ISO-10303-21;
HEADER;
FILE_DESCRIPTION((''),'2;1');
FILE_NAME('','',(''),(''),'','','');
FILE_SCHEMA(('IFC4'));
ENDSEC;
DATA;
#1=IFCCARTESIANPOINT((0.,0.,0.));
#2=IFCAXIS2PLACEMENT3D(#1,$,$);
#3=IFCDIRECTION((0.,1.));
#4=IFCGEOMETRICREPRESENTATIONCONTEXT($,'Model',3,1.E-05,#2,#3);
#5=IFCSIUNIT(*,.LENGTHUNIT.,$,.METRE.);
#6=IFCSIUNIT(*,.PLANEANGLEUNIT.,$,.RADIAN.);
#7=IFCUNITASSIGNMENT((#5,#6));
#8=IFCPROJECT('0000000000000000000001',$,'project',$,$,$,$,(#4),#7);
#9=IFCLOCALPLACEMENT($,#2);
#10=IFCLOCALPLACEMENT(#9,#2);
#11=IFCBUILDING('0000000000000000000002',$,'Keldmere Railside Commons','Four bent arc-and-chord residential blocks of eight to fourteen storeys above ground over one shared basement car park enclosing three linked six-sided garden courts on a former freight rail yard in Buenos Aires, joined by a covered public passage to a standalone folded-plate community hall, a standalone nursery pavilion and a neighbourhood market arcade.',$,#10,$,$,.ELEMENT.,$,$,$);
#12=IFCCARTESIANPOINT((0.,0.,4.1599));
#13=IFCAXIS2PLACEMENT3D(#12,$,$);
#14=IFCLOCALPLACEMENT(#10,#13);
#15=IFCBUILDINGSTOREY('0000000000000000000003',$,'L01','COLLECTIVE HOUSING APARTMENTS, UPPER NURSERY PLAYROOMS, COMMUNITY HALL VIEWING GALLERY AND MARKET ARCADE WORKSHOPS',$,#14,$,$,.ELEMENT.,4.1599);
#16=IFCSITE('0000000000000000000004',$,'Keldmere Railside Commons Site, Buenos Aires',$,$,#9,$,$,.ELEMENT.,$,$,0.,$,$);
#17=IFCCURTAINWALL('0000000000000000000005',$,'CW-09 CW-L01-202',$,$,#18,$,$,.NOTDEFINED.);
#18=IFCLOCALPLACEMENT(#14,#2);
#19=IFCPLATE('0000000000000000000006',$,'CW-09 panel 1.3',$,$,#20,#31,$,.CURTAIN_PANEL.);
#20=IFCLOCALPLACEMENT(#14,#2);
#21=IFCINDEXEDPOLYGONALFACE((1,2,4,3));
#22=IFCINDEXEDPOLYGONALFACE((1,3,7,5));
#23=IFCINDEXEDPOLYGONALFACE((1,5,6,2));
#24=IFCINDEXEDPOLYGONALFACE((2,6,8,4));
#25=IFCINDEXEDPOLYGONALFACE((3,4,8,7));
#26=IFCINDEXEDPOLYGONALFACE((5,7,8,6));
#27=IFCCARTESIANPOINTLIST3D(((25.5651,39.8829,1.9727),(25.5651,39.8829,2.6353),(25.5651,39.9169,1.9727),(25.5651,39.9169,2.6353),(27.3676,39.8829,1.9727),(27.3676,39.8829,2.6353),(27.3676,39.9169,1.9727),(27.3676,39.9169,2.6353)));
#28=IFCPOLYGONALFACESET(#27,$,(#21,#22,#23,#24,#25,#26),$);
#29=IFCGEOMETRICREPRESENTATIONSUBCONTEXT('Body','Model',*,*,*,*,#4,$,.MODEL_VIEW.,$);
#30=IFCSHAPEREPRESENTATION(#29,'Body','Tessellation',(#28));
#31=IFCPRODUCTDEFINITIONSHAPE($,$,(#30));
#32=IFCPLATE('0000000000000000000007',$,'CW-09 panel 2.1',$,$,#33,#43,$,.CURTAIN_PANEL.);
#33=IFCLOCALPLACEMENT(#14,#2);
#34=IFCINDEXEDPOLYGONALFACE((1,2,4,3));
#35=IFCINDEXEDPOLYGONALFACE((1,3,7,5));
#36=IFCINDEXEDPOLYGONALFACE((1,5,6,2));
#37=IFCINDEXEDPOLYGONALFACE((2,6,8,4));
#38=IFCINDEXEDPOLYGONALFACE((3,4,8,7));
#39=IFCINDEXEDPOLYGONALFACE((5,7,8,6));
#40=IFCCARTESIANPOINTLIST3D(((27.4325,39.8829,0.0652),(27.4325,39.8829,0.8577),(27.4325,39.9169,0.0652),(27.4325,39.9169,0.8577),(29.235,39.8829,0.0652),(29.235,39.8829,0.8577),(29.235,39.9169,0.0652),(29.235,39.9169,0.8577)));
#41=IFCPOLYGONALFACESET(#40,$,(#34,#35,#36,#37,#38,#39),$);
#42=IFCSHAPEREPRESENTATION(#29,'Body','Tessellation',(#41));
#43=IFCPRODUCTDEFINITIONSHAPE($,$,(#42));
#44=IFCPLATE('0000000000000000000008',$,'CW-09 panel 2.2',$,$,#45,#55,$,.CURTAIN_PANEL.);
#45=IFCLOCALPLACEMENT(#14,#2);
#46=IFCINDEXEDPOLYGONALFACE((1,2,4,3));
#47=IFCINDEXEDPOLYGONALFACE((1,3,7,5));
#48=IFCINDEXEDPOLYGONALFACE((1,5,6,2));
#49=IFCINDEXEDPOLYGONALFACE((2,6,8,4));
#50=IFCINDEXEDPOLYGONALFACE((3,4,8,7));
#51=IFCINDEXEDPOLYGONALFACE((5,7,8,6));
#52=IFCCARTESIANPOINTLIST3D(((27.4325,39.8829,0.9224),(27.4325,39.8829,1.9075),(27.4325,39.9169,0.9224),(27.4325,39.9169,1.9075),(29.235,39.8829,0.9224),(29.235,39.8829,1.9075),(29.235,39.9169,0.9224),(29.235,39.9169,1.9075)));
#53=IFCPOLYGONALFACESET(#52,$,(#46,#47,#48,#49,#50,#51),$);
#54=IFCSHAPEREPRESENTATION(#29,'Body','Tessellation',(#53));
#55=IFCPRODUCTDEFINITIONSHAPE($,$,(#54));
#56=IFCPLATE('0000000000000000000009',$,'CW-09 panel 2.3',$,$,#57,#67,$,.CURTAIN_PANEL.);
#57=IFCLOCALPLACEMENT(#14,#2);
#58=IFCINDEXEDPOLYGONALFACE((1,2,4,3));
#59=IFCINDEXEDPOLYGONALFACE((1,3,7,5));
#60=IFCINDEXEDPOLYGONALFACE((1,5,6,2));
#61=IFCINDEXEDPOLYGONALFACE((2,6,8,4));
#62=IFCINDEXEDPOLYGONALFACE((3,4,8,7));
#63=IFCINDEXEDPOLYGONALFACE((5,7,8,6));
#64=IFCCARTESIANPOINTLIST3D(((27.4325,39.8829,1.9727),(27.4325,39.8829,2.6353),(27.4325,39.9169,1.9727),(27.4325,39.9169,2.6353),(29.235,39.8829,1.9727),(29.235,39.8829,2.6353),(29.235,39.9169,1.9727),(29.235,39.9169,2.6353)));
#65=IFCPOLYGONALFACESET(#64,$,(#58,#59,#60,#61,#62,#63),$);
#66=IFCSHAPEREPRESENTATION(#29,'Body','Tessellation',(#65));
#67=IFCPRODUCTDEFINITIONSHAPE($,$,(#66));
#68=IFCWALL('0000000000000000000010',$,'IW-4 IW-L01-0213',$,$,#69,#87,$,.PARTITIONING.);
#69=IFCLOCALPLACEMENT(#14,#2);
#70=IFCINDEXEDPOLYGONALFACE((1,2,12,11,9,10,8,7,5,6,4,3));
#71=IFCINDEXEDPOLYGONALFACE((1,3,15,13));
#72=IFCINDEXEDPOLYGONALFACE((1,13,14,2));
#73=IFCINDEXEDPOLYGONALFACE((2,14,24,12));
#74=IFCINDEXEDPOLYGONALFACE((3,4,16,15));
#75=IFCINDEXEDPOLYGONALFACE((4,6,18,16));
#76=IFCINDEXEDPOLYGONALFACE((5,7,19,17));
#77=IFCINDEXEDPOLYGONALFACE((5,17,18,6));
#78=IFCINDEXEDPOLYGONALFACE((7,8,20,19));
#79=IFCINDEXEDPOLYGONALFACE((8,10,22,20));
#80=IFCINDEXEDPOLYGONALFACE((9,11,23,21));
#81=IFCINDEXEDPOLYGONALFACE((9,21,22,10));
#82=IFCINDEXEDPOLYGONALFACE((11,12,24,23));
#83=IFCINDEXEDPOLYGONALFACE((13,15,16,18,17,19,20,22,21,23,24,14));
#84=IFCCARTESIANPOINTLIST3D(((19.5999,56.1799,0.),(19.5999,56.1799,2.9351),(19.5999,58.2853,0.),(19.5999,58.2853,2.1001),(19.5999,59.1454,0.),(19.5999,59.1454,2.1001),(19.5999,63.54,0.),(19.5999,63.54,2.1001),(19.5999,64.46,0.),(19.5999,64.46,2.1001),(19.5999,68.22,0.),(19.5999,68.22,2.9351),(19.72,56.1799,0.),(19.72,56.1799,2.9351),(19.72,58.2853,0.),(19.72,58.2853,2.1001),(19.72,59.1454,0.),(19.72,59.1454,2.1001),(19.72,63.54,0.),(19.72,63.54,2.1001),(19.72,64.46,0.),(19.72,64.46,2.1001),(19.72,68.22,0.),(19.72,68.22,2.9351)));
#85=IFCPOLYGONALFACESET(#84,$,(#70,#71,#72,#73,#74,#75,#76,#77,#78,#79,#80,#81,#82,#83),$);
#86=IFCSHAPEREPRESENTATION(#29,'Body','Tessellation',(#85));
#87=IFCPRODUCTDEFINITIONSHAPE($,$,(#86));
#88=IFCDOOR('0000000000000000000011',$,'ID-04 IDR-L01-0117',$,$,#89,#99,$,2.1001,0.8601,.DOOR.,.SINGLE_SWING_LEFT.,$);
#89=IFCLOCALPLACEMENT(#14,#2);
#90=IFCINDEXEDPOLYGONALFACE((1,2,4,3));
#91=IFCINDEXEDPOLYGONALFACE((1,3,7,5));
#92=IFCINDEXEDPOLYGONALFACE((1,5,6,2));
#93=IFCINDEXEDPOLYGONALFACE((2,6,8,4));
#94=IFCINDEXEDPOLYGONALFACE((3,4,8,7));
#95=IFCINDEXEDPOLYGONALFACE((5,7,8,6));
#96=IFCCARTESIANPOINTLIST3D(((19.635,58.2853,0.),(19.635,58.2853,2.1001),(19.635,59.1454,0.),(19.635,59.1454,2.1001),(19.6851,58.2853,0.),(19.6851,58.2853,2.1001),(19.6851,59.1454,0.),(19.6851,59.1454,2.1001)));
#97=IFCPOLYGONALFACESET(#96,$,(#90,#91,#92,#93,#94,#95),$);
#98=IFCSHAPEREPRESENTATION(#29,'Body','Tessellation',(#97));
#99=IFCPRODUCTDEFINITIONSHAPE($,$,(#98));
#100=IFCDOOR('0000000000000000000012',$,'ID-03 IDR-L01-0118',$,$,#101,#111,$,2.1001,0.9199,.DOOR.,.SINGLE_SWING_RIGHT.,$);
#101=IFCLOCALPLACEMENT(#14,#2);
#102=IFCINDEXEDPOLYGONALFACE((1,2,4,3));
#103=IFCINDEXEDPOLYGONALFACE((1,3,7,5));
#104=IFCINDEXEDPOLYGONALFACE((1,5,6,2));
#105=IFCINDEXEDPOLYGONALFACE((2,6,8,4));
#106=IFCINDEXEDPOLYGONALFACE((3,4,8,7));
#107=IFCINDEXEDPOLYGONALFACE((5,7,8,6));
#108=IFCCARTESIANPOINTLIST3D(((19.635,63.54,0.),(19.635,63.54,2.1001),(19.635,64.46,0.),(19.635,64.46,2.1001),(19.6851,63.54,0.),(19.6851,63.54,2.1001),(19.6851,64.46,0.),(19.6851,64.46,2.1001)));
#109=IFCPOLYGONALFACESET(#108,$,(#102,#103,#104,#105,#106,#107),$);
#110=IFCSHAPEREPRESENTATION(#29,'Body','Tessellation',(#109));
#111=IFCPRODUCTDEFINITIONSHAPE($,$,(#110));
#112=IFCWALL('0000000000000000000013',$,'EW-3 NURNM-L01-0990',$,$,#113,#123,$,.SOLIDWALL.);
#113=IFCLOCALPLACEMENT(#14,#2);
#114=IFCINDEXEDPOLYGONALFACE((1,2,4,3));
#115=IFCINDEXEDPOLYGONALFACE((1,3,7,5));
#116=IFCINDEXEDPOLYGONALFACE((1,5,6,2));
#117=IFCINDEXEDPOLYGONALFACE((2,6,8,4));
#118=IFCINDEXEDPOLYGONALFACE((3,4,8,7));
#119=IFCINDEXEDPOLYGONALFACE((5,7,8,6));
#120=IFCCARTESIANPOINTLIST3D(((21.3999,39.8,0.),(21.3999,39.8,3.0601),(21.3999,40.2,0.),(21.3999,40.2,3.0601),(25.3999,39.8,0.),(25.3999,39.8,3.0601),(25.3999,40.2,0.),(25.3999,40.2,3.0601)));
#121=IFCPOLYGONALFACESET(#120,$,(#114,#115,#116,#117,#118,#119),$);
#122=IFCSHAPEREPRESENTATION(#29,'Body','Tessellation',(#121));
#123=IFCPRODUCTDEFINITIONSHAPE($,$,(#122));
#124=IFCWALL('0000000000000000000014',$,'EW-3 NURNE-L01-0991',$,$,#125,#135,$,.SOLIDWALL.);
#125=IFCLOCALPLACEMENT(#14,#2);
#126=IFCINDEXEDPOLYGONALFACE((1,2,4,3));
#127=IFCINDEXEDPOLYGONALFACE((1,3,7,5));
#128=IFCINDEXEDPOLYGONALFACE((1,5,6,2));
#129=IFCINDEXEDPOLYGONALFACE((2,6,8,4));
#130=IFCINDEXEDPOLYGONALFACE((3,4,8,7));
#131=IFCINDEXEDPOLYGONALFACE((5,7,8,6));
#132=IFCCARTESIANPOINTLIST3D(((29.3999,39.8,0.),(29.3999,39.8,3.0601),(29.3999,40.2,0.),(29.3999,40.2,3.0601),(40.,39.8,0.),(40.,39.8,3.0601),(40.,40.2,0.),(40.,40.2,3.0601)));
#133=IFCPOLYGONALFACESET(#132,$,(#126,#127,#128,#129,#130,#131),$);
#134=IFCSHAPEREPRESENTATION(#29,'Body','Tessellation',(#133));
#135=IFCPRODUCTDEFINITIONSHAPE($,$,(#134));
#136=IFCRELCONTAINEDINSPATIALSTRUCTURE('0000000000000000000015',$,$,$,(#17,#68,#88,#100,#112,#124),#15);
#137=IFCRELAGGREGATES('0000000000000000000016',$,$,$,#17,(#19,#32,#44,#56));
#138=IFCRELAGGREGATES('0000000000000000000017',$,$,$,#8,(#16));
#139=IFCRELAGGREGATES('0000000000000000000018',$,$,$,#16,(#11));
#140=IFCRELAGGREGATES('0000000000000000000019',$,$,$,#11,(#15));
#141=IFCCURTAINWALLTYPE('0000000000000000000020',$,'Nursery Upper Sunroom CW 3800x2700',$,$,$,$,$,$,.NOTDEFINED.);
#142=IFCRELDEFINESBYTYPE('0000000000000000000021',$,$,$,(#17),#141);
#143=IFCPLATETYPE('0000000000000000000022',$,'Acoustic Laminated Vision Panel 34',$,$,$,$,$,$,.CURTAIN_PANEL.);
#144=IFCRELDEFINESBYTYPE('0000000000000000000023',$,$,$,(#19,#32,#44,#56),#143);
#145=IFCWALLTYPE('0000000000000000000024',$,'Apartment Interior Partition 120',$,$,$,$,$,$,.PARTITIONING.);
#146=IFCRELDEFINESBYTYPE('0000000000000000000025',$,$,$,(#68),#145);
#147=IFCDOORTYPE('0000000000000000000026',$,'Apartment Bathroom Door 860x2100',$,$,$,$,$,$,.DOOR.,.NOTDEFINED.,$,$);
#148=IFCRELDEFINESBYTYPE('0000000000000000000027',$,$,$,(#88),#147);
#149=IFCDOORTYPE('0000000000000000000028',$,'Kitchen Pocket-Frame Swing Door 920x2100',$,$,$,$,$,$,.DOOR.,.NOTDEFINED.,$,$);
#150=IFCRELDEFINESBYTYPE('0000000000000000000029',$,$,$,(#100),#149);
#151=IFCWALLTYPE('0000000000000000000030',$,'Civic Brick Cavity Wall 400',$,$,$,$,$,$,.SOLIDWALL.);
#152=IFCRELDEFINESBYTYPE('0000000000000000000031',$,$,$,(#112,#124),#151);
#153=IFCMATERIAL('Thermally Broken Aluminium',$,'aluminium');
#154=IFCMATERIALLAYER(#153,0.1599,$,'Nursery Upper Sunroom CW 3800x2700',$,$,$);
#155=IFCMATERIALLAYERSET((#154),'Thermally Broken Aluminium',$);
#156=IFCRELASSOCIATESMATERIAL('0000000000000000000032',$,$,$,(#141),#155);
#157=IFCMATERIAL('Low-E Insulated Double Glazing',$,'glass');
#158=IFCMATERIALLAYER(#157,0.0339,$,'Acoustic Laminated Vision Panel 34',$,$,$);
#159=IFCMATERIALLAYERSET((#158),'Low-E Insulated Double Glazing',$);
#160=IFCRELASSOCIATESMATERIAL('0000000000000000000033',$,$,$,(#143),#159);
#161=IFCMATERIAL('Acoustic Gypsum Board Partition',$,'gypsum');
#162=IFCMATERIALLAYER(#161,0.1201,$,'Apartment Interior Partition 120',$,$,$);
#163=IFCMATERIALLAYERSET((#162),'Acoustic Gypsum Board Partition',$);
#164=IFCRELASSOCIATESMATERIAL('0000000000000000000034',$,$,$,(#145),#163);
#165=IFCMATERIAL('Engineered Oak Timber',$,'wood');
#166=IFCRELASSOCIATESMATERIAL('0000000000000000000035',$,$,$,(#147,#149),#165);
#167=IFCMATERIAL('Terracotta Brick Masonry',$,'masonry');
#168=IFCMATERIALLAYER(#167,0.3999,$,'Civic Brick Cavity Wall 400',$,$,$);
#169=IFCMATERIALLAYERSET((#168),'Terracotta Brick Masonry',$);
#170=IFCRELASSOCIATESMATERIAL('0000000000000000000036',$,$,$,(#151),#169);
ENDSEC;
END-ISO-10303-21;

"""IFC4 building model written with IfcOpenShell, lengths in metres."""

from ifc_helpers import new_model, si_unit, direction, frame, frame_2d, origin, origin_2d, place, context, subcontext, project, spatial, rectangle, extrude, material, layer, layer_set, type_object, element, fill, aggregate, save


model = new_model("IFC4")

# Units and contexts
model_context = context("Model", 3, precision=1e-05, world=origin(), true_north=direction((0.0, 1.0)))
body_context = subcontext(model_context, "Body", "Model", "MODEL_VIEW")
ifc_project = project(units=[si_unit("LENGTHUNIT", "METRE"), si_unit("PLANEANGLEUNIT", "RADIAN")], contexts=[model_context])

# Site, building, storey
site_placement = place(None, origin())
site = spatial("IfcSite", under=ifc_project, at=site_placement, Name="Keldmere Railside Commons Site, Buenos Aires", CompositionType="ELEMENT", RefElevation=0.0)
building_placement = place(site_placement, origin())
building = spatial("IfcBuilding", under=site, at=building_placement, Name="Keldmere Railside Commons", Description="Four bent arc-and-chord residential blocks of eight to fourteen storeys above ground over one shared basement car park enclosing three linked six-sided garden courts on a former freight rail yard in Buenos Aires, joined by a covered public passage to a standalone folded-plate community hall, a standalone nursery pavilion and a neighbourhood market arcade.", CompositionType="ELEMENT")
storey_placement = place(building_placement, frame((0.0, 0.0, 4.1599)))
storey = spatial("IfcBuildingStorey", under=building, at=storey_placement, Name="L01", Description="COLLECTIVE HOUSING APARTMENTS, UPPER NURSERY PLAYROOMS, COMMUNITY HALL VIEWING GALLERY AND MARKET ARCADE WORKSHOPS", CompositionType="ELEMENT", Elevation=4.1599)

# Curtain wall, plates
ifc_material_1 = material(Name="Thermally Broken Aluminium", Category="aluminium")
ifc_layer_1 = layer(ifc_material_1, 0.1599, Name="Nursery Upper Sunroom CW 3800x2700")
ifc_layer_set_1 = layer_set([ifc_layer_1], Name="Thermally Broken Aluminium")
curtain_wall_type = type_object("IfcCurtainWallType", Name="Nursery Upper Sunroom CW 3800x2700", PredefinedType="NOTDEFINED", material=ifc_layer_set_1)
curtain_wall_placement = place(storey_placement, origin())
curtain_wall = element("IfcCurtainWall", 1, at=curtain_wall_placement, inside=storey, type_object=curtain_wall_type, Name="CW-09 CW-L01-202", PredefinedType="NOTDEFINED")
ifc_material_2 = material(Name="Low-E Insulated Double Glazing", Category="glass")
ifc_layer_2 = layer(ifc_material_2, 0.0339, Name="Acoustic Laminated Vision Panel 34")
ifc_layer_set_2 = layer_set([ifc_layer_2], Name="Low-E Insulated Double Glazing")
plate_type = type_object("IfcPlateType", Name="Acoustic Laminated Vision Panel 34", PredefinedType="CURTAIN_PANEL", material=ifc_layer_set_2)
plate_1_placement = place(storey_placement, frame((26.4663, 39.8999, 1.9727), z_axis=(0.0, 0.0, 1.0), x_axis=(1.0, 0.0, 0.0)))
plate_1 = element("IfcPlate", 2, at=plate_1_placement, type_object=plate_type, Name="CW-09 panel 1.3", PredefinedType="CURTAIN_PANEL", context=body_context, shape_type="SweptSolid", body=[
    extrude(rectangle(XDim=1.8025, YDim=0.0339, at=origin_2d()), origin(), (0.0, 0.0, 1.0), 0.6626),
])
plate_2_placement = place(storey_placement, frame((28.3337, 39.8999, 0.0652), z_axis=(0.0, 0.0, 1.0), x_axis=(1.0, 0.0, 0.0)))
plate_2 = element("IfcPlate", 3, at=plate_2_placement, type_object=plate_type, Name="CW-09 panel 2.1", PredefinedType="CURTAIN_PANEL", context=body_context, shape_type="SweptSolid", body=[
    extrude(rectangle(XDim=1.8025, YDim=0.0339, at=origin_2d()), origin(), (0.0, 0.0, 1.0), 0.7925),
])
plate_3_placement = place(storey_placement, frame((28.3337, 39.8999, 0.9224), z_axis=(0.0, 0.0, 1.0), x_axis=(1.0, 0.0, 0.0)))
plate_3 = element("IfcPlate", 4, at=plate_3_placement, type_object=plate_type, Name="CW-09 panel 2.2", PredefinedType="CURTAIN_PANEL", context=body_context, shape_type="SweptSolid", body=[
    extrude(rectangle(XDim=1.8025, YDim=0.0339, at=origin_2d()), origin(), (0.0, 0.0, 1.0), 0.9851),
])
plate_4_placement = place(storey_placement, frame((28.3337, 39.8999, 1.9727), z_axis=(0.0, 0.0, 1.0), x_axis=(1.0, 0.0, 0.0)))
plate_4 = element("IfcPlate", 5, at=plate_4_placement, type_object=plate_type, Name="CW-09 panel 2.3", PredefinedType="CURTAIN_PANEL", context=body_context, shape_type="SweptSolid", body=[
    extrude(rectangle(XDim=1.8025, YDim=0.0339, at=origin_2d()), origin(), (0.0, 0.0, 1.0), 0.6626),
])
aggregate(curtain_wall, [plate_1, plate_2, plate_3, plate_4])

# Wall, openings, doors
ifc_material_3 = material(Name="Acoustic Gypsum Board Partition", Category="gypsum")
ifc_layer_3 = layer(ifc_material_3, 0.1201, Name="Apartment Interior Partition 120")
ifc_layer_set_3 = layer_set([ifc_layer_3], Name="Acoustic Gypsum Board Partition")
wall_type_1 = type_object("IfcWallType", Name="Apartment Interior Partition 120", PredefinedType="PARTITIONING", material=ifc_layer_set_3)
wall_1_placement = place(storey_placement, frame((19.6599, 56.1799, 0.0), z_axis=(0.0, 0.0, 1.0), x_axis=(0.0, 1.0, 0.0)))
wall_1 = element("IfcWall", 6, at=wall_1_placement, inside=storey, type_object=wall_type_1, Name="IW-4 IW-L01-0213", PredefinedType="PARTITIONING", context=body_context, shape_type="SweptSolid", body=[
    extrude(rectangle(XDim=12.04, YDim=0.1201, at=frame_2d((6.02, 0.0))), origin(), (0.0, 0.0, 1.0), 2.9351),
])
opening_1_placement = place(wall_1_placement, frame((2.1052, 0.0, 0.0)))
opening_1 = element("IfcOpeningElement", 7, at=opening_1_placement, cuts=wall_1, PredefinedType="OPENING", context=body_context, shape_type="SweptSolid", body=[
    extrude(rectangle(XDim=0.8601, YDim=2.1001, at=frame_2d((0.4302, 1.05))), frame((0.0, 0.0701, 0.0), z_axis=(0.0, -1.0, 0.0), x_axis=(1.0, 0.0, 0.0)), (0.0, 0.0, 1.0), 0.1401),
])
opening_2_placement = place(wall_1_placement, frame((7.3601, 0.0, 0.0)))
opening_2 = element("IfcOpeningElement", 8, at=opening_2_placement, cuts=wall_1, PredefinedType="OPENING", context=body_context, shape_type="SweptSolid", body=[
    extrude(rectangle(XDim=0.9199, YDim=2.1001, at=frame_2d((0.46, 1.05))), frame((0.0, 0.0701, 0.0), z_axis=(0.0, -1.0, 0.0), x_axis=(1.0, 0.0, 0.0)), (0.0, 0.0, 1.0), 0.1401),
])
ifc_material_4 = material(Name="Engineered Oak Timber", Category="wood")
door_type_1 = type_object("IfcDoorType", Name="Apartment Bathroom Door 860x2100", OperationType="NOTDEFINED", PredefinedType="DOOR", material=ifc_material_4)
door_1_placement = place(opening_1_placement, origin())
door_1 = element("IfcDoor", 9, at=door_1_placement, inside=storey, type_object=door_type_1, Name="ID-04 IDR-L01-0117", OperationType="SINGLE_SWING_LEFT", OverallHeight=2.1001, OverallWidth=0.8601, PredefinedType="DOOR", context=body_context, shape_type="SweptSolid", body=[
    extrude(rectangle(XDim=0.8601, YDim=2.1001, at=frame_2d((0.4302, 1.05))), frame((0.0, 0.0249, 0.0), z_axis=(0.0, -1.0, 0.0), x_axis=(1.0, 0.0, 0.0)), (0.0, 0.0, 1.0), 0.05),
])
fill(opening_1, door_1)
door_type_2 = type_object("IfcDoorType", Name="Kitchen Pocket-Frame Swing Door 920x2100", OperationType="NOTDEFINED", PredefinedType="DOOR", material=ifc_material_4)
door_2_placement = place(opening_2_placement, origin())
door_2 = element("IfcDoor", 10, at=door_2_placement, inside=storey, type_object=door_type_2, Name="ID-03 IDR-L01-0118", OperationType="SINGLE_SWING_RIGHT", OverallHeight=2.1001, OverallWidth=0.9199, PredefinedType="DOOR", context=body_context, shape_type="SweptSolid", body=[
    extrude(rectangle(XDim=0.9199, YDim=2.1001, at=frame_2d((0.46, 1.05))), frame((0.0, 0.0249, 0.0), z_axis=(0.0, -1.0, 0.0), x_axis=(1.0, 0.0, 0.0)), (0.0, 0.0, 1.0), 0.05),
])
fill(opening_2, door_2)

# Walls
ifc_material_5 = material(Name="Terracotta Brick Masonry", Category="masonry")
ifc_layer_4 = layer(ifc_material_5, 0.3999, Name="Civic Brick Cavity Wall 400")
ifc_layer_set_4 = layer_set([ifc_layer_4], Name="Terracotta Brick Masonry")
wall_type_2 = type_object("IfcWallType", Name="Civic Brick Cavity Wall 400", PredefinedType="SOLIDWALL", material=ifc_layer_set_4)
wall_2_placement = place(storey_placement, frame((21.3999, 40.0, 0.0), z_axis=(0.0, 0.0, 1.0), x_axis=(1.0, 0.0, 0.0)))
element("IfcWall", 11, at=wall_2_placement, inside=storey, type_object=wall_type_2, Name="EW-3 NURNM-L01-0990", PredefinedType="SOLIDWALL", context=body_context, shape_type="SweptSolid", body=[
    extrude(rectangle(XDim=4.0, YDim=0.3999, at=frame_2d((2.0, 0.0))), origin(), (0.0, 0.0, 1.0), 3.0601),
])
wall_3_placement = place(storey_placement, frame((29.3999, 40.0, 0.0), z_axis=(0.0, 0.0, 1.0), x_axis=(1.0, 0.0, 0.0)))
element("IfcWall", 12, at=wall_3_placement, inside=storey, type_object=wall_type_2, Name="EW-3 NURNE-L01-0991", PredefinedType="SOLIDWALL", context=body_context, shape_type="SweptSolid", body=[
    extrude(rectangle(XDim=10.6001, YDim=0.3999, at=frame_2d((5.3, 0.0))), origin(), (0.0, 0.0, 1.0), 3.0601),
])

save(model, "model.ifc")
